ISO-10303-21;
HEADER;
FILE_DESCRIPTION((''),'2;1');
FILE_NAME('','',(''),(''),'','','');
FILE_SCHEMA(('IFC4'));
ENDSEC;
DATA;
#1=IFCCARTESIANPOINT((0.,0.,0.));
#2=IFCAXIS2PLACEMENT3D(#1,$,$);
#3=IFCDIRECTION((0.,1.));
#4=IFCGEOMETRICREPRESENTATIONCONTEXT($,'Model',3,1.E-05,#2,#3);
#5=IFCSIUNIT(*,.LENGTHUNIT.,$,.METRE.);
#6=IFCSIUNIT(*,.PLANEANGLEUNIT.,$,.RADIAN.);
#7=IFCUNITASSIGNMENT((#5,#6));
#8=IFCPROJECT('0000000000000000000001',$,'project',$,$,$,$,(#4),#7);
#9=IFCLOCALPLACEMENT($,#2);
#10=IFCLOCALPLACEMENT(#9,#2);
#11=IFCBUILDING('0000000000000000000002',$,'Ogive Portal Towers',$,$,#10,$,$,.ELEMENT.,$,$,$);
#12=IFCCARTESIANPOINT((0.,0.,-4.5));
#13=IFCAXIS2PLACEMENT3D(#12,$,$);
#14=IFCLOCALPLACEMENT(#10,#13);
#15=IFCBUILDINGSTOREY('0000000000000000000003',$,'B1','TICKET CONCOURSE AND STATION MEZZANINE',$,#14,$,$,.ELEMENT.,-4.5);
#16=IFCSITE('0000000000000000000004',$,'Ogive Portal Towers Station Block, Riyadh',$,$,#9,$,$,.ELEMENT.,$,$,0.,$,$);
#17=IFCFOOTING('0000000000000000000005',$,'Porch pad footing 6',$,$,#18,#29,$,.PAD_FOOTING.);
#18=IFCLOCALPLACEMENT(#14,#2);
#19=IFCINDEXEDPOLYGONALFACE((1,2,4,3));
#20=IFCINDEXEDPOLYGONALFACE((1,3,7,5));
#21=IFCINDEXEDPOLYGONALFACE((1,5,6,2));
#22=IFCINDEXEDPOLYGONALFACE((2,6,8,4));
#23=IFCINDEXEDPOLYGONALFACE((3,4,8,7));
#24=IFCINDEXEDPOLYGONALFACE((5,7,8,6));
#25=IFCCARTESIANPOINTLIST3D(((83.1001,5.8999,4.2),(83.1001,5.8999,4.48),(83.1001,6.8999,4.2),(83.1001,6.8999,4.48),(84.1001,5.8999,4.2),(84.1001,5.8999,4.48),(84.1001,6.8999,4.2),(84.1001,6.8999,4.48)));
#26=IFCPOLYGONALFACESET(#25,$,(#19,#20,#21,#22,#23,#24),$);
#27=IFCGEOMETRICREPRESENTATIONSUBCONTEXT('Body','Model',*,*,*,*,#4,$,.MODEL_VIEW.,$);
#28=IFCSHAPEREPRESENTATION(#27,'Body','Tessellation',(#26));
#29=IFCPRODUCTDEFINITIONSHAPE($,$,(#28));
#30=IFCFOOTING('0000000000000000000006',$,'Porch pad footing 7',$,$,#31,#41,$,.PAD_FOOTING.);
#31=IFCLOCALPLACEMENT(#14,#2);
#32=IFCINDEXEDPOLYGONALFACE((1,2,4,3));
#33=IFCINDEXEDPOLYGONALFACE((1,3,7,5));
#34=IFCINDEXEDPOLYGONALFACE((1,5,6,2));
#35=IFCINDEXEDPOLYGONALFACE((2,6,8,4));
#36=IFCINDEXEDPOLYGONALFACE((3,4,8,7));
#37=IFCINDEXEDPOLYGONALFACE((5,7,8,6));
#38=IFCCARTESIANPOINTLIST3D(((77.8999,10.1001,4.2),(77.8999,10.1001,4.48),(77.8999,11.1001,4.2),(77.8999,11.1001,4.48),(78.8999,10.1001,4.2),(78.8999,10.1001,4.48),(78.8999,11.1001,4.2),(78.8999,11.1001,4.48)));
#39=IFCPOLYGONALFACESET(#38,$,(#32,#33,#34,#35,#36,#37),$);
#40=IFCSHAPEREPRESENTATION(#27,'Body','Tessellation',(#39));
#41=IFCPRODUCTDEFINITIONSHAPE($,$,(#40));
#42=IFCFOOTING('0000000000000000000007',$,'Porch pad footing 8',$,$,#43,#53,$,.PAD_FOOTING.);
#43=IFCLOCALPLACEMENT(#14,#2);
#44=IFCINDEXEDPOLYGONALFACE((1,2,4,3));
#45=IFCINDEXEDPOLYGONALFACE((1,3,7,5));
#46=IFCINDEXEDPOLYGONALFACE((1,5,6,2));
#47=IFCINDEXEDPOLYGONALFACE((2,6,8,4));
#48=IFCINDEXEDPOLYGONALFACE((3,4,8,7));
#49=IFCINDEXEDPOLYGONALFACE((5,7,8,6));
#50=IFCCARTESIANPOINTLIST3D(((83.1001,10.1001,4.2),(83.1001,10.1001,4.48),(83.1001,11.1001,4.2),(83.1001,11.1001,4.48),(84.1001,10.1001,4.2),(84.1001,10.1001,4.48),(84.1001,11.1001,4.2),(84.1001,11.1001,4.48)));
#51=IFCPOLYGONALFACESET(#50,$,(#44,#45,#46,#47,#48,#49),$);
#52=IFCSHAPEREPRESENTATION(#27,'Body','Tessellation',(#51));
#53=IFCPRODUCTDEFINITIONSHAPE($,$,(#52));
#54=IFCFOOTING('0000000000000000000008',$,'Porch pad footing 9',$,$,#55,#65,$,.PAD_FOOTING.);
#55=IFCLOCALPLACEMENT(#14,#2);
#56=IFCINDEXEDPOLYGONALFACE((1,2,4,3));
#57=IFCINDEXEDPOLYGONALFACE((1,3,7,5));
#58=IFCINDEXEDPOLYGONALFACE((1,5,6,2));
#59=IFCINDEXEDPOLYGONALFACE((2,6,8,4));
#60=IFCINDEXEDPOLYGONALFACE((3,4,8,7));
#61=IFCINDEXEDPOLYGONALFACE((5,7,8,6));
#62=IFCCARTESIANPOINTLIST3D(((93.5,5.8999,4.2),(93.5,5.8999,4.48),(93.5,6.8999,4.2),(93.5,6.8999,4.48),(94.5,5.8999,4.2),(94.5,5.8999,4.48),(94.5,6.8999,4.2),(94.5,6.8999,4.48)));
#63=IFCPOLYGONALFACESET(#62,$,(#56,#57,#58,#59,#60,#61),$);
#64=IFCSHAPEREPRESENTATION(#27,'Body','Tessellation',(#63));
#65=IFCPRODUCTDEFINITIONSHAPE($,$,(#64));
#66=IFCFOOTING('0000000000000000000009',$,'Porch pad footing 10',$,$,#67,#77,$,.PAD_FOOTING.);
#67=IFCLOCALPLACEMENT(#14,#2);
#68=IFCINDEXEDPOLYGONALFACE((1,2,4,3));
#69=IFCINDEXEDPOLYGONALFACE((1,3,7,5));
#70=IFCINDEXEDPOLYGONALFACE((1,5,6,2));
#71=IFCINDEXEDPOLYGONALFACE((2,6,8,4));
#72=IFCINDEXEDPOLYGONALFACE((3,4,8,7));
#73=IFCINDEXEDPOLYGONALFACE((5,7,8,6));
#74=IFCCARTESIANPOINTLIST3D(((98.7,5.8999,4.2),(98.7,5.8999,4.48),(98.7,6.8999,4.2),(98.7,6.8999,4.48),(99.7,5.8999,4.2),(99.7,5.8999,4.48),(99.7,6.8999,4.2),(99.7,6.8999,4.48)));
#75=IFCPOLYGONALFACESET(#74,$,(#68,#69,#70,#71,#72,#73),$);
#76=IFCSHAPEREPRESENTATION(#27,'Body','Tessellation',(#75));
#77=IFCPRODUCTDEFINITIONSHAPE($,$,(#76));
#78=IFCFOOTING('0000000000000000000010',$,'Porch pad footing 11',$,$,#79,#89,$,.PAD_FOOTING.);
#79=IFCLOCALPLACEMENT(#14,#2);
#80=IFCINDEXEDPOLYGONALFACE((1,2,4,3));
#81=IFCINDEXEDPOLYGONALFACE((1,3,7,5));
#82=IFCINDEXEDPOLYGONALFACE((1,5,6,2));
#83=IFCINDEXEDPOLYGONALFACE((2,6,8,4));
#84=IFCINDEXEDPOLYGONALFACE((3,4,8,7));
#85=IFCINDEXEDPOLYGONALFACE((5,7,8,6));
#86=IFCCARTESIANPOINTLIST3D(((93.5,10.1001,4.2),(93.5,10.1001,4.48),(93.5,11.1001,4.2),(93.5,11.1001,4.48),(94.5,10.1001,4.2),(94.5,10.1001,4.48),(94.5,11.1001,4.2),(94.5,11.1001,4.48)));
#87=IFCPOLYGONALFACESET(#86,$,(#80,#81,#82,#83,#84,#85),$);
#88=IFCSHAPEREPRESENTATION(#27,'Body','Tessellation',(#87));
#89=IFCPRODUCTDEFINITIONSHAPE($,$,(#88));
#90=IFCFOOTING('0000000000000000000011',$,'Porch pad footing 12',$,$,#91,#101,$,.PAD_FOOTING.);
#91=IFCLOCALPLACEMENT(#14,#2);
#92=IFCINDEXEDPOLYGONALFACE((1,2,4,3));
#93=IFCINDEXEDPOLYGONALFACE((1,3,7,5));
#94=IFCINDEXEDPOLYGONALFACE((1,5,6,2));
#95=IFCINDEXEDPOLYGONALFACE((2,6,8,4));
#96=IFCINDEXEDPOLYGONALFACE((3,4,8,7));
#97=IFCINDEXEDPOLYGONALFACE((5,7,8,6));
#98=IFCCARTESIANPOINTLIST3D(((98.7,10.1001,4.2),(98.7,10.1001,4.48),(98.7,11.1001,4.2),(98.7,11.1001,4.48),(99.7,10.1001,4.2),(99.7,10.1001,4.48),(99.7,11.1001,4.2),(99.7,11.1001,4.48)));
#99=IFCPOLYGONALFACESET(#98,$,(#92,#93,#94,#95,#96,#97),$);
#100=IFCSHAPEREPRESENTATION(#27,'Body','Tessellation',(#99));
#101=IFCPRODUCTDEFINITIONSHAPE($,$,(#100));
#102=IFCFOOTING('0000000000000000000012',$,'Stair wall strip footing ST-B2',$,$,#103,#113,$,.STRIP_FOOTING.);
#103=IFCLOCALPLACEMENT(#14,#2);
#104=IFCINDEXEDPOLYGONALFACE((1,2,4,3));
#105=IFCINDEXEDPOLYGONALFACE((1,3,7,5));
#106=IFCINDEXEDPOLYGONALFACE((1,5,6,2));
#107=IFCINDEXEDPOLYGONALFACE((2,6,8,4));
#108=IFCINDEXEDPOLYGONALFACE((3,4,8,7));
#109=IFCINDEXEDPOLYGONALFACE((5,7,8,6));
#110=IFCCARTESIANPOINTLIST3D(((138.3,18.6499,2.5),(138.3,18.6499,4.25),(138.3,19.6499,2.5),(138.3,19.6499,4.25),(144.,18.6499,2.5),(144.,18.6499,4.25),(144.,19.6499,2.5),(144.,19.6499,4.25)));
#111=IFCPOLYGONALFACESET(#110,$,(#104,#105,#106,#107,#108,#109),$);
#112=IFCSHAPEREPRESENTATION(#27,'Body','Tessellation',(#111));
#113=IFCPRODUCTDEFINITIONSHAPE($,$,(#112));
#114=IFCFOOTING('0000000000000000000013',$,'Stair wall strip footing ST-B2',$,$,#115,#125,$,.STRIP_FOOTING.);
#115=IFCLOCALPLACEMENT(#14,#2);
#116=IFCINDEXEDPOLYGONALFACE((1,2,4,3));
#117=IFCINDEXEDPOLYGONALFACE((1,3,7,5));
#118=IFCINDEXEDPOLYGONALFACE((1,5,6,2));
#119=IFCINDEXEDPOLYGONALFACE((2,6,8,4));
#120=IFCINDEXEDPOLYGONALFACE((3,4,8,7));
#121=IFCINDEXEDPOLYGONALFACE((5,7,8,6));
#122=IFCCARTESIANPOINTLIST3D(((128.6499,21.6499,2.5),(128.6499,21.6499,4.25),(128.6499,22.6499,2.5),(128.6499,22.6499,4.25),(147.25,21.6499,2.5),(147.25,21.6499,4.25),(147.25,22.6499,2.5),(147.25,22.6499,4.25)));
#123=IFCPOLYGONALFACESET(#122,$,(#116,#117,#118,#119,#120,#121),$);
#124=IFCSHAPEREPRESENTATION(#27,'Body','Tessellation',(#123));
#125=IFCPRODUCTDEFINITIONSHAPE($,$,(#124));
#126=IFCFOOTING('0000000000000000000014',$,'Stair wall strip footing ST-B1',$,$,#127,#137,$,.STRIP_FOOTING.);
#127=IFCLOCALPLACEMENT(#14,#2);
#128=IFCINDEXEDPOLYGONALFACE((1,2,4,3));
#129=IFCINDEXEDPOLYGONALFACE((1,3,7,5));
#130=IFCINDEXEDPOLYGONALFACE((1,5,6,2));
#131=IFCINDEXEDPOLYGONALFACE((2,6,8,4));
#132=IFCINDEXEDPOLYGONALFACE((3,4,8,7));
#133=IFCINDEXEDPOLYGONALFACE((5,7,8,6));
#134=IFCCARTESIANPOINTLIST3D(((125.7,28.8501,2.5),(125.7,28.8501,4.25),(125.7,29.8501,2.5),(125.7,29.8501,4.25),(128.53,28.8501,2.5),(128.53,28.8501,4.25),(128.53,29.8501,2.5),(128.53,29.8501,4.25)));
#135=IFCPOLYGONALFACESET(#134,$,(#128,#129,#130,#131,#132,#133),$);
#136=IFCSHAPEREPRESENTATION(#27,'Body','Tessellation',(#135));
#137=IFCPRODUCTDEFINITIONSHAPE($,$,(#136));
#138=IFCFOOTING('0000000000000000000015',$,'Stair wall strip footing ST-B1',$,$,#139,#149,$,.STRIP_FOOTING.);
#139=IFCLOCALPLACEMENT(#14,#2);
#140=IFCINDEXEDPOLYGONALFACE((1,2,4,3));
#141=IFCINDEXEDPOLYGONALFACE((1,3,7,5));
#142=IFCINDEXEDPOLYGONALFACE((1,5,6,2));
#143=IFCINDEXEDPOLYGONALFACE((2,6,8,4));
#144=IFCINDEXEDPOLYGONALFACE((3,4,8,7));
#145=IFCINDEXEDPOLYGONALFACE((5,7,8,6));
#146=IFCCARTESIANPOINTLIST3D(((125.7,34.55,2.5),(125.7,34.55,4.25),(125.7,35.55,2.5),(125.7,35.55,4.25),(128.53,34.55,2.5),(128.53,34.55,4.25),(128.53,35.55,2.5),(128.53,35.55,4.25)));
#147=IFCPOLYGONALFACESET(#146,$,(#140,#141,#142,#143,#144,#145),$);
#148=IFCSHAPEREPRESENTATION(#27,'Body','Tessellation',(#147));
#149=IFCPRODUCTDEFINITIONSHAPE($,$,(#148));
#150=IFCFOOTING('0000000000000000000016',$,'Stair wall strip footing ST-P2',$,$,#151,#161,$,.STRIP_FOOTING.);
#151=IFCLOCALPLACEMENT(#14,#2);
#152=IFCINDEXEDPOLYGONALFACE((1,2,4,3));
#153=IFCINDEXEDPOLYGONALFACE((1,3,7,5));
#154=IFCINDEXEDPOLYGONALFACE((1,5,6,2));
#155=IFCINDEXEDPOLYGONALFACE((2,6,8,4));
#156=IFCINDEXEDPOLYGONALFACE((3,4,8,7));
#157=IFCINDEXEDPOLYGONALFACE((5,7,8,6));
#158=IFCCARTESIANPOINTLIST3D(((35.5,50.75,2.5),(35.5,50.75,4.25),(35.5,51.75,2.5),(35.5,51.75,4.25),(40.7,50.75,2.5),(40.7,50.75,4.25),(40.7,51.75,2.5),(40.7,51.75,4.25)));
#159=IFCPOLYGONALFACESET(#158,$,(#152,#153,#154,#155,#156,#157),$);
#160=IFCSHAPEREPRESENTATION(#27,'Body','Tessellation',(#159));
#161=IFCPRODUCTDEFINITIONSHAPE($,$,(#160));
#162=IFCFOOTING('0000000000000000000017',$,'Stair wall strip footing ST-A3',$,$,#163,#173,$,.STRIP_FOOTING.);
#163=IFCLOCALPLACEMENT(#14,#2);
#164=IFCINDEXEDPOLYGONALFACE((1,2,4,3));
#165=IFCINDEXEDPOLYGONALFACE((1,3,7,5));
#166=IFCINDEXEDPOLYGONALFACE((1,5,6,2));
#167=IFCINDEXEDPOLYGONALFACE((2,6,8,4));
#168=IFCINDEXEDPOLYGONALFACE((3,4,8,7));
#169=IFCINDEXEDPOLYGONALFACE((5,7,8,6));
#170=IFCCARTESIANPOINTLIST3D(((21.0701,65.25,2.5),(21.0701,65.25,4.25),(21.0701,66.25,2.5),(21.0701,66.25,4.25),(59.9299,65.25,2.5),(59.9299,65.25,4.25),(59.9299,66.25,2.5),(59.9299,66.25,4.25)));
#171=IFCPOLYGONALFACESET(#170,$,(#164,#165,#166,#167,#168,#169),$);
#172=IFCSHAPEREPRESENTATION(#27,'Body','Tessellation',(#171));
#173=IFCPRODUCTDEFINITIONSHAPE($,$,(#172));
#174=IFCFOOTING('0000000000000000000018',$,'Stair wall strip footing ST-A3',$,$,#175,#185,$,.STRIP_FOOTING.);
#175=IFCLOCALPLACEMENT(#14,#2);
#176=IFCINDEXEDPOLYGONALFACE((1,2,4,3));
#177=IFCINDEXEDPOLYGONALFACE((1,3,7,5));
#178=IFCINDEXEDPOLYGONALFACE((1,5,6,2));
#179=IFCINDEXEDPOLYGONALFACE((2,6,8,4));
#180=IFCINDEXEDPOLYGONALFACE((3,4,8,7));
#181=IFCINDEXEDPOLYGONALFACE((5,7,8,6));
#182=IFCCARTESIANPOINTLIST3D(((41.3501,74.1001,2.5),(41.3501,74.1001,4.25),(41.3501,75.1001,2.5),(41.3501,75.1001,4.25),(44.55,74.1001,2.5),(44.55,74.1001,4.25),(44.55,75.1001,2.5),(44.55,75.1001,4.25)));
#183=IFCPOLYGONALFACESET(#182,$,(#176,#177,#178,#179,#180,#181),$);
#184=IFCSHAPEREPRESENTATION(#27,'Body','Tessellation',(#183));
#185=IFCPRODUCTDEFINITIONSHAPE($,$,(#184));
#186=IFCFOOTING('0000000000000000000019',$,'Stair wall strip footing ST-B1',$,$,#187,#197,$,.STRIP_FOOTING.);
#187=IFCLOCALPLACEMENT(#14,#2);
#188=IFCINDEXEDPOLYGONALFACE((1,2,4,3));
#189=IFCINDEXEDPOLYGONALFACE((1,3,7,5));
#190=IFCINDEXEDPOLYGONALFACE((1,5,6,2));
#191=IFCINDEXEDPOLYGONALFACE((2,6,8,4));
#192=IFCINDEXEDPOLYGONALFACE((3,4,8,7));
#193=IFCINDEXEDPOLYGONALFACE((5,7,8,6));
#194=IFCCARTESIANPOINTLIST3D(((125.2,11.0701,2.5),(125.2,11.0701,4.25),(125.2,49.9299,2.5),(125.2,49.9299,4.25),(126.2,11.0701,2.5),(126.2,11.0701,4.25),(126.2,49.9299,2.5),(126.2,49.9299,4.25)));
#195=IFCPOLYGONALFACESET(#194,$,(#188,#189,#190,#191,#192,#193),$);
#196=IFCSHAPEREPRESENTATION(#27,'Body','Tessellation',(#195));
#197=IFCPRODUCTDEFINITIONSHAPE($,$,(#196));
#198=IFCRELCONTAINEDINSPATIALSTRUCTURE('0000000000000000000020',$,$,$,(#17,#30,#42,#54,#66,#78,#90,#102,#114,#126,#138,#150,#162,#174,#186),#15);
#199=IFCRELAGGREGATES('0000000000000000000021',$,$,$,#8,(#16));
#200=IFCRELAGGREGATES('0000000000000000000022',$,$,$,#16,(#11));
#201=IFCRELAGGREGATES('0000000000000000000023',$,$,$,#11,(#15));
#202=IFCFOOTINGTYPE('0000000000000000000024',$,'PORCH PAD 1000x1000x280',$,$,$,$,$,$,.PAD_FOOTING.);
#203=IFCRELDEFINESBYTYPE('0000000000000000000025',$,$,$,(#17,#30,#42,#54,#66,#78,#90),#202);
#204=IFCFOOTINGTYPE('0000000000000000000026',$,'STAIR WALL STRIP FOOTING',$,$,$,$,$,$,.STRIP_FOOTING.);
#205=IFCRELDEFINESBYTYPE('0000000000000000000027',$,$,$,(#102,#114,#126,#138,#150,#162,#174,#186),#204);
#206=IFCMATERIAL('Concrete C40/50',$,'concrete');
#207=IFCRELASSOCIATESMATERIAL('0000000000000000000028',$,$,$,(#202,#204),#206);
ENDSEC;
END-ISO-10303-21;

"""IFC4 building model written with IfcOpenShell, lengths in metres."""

from ifc_helpers import new_model, si_unit, direction, frame, origin, place, context, subcontext, project, spatial, polyline, outline, extrude, material, type_object, element, save


model = new_model("IFC4")

# Units and contexts
model_context = context("Model", 3, precision=1e-05, world=origin(), true_north=direction((0.0, 1.0)))
body_context = subcontext(model_context, "Body", "Model", "MODEL_VIEW")
ifc_project = project(units=[si_unit("LENGTHUNIT", "METRE"), si_unit("PLANEANGLEUNIT", "RADIAN")], contexts=[model_context])

# Site, building, storey
site_placement = place(None, origin())
site = spatial("IfcSite", under=ifc_project, at=site_placement, Name="Ogive Portal Towers Station Block, Riyadh", CompositionType="ELEMENT", RefElevation=0.0)
building_placement = place(site_placement, origin())
building = spatial("IfcBuilding", under=site, at=building_placement, Name="Ogive Portal Towers", CompositionType="ELEMENT")
storey_placement = place(building_placement, frame((0.0, 0.0, -4.5)))
storey = spatial("IfcBuildingStorey", under=building, at=storey_placement, Name="B1", Description="TICKET CONCOURSE AND STATION MEZZANINE", CompositionType="ELEMENT", Elevation=-4.5)

# Footings
ifc_material = material(Name="Concrete C40/50", Category="concrete")
footing_type_1 = type_object("IfcFootingType", Name="PORCH PAD 1000x1000x280", PredefinedType="PAD_FOOTING", material=ifc_material)
footing_1_placement = place(storey_placement, frame((0.0, 0.0, 4.2)))
element("IfcFooting", 1, at=footing_1_placement, inside=storey, type_object=footing_type_1, Name="Porch pad footing 6", PredefinedType="PAD_FOOTING", context=body_context, shape_type="SweptSolid", body=[
    extrude(outline(polyline([(83.1001, 5.8999), (84.1001, 5.8999), (84.1001, 6.8999), (83.1001, 6.8999), (83.1001, 5.8999)])), origin(), (0.0, 0.0, 1.0), 0.28),
])
footing_2_placement = place(storey_placement, frame((0.0, 0.0, 4.2)))
element("IfcFooting", 2, at=footing_2_placement, inside=storey, type_object=footing_type_1, Name="Porch pad footing 7", PredefinedType="PAD_FOOTING", context=body_context, shape_type="SweptSolid", body=[
    extrude(outline(polyline([(77.8999, 10.1001), (78.8999, 10.1001), (78.8999, 11.1001), (77.8999, 11.1001), (77.8999, 10.1001)])), origin(), (0.0, 0.0, 1.0), 0.28),
])
footing_3_placement = place(storey_placement, frame((0.0, 0.0, 4.2)))
element("IfcFooting", 3, at=footing_3_placement, inside=storey, type_object=footing_type_1, Name="Porch pad footing 8", PredefinedType="PAD_FOOTING", context=body_context, shape_type="SweptSolid", body=[
    extrude(outline(polyline([(83.1001, 10.1001), (84.1001, 10.1001), (84.1001, 11.1001), (83.1001, 11.1001), (83.1001, 10.1001)])), origin(), (0.0, 0.0, 1.0), 0.28),
])
footing_4_placement = place(storey_placement, frame((0.0, 0.0, 4.2)))
element("IfcFooting", 4, at=footing_4_placement, inside=storey, type_object=footing_type_1, Name="Porch pad footing 9", PredefinedType="PAD_FOOTING", context=body_context, shape_type="SweptSolid", body=[
    extrude(outline(polyline([(93.5, 5.8999), (94.5, 5.8999), (94.5, 6.8999), (93.5, 6.8999), (93.5, 5.8999)])), origin(), (0.0, 0.0, 1.0), 0.28),
])
footing_5_placement = place(storey_placement, frame((0.0, 0.0, 4.2)))
element("IfcFooting", 5, at=footing_5_placement, inside=storey, type_object=footing_type_1, Name="Porch pad footing 10", PredefinedType="PAD_FOOTING", context=body_context, shape_type="SweptSolid", body=[
    extrude(outline(polyline([(98.7, 5.8999), (99.7, 5.8999), (99.7, 6.8999), (98.7, 6.8999), (98.7, 5.8999)])), origin(), (0.0, 0.0, 1.0), 0.28),
])
footing_6_placement = place(storey_placement, frame((0.0, 0.0, 4.2)))
element("IfcFooting", 6, at=footing_6_placement, inside=storey, type_object=footing_type_1, Name="Porch pad footing 11", PredefinedType="PAD_FOOTING", context=body_context, shape_type="SweptSolid", body=[
    extrude(outline(polyline([(93.5, 10.1001), (94.5, 10.1001), (94.5, 11.1001), (93.5, 11.1001), (93.5, 10.1001)])), origin(), (0.0, 0.0, 1.0), 0.28),
])
footing_7_placement = place(storey_placement, frame((0.0, 0.0, 4.2)))
element("IfcFooting", 7, at=footing_7_placement, inside=storey, type_object=footing_type_1, Name="Porch pad footing 12", PredefinedType="PAD_FOOTING", context=body_context, shape_type="SweptSolid", body=[
    extrude(outline(polyline([(98.7, 10.1001), (99.7, 10.1001), (99.7, 11.1001), (98.7, 11.1001), (98.7, 10.1001)])), origin(), (0.0, 0.0, 1.0), 0.28),
])
footing_type_2 = type_object("IfcFootingType", Name="STAIR WALL STRIP FOOTING", PredefinedType="STRIP_FOOTING", material=ifc_material)
footing_8_placement = place(storey_placement, frame((0.0, 0.0, 2.5)))
element("IfcFooting", 8, at=footing_8_placement, inside=storey, type_object=footing_type_2, Name="Stair wall strip footing ST-B2", PredefinedType="STRIP_FOOTING", context=body_context, shape_type="SweptSolid", body=[
    extrude(outline(polyline([(144.0, 18.6499), (144.0, 19.6499), (138.3, 19.6499), (138.3, 18.6499), (144.0, 18.6499)])), origin(), (0.0, 0.0, 1.0), 1.75),
])
footing_9_placement = place(storey_placement, frame((0.0, 0.0, 2.5)))
element("IfcFooting", 9, at=footing_9_placement, inside=storey, type_object=footing_type_2, Name="Stair wall strip footing ST-B2", PredefinedType="STRIP_FOOTING", context=body_context, shape_type="SweptSolid", body=[
    extrude(outline(polyline([(147.25, 21.6499), (147.25, 22.6499), (128.6499, 22.6499), (128.6499, 21.6499), (147.25, 21.6499)])), origin(), (0.0, 0.0, 1.0), 1.75),
])
footing_10_placement = place(storey_placement, frame((0.0, 0.0, 2.5)))
element("IfcFooting", 10, at=footing_10_placement, inside=storey, type_object=footing_type_2, Name="Stair wall strip footing ST-B1", PredefinedType="STRIP_FOOTING", context=body_context, shape_type="SweptSolid", body=[
    extrude(outline(polyline([(128.53, 28.8501), (128.53, 29.8501), (125.7, 29.8501), (125.7, 28.8501), (128.53, 28.8501)])), origin(), (0.0, 0.0, 1.0), 1.75),
])
footing_11_placement = place(storey_placement, frame((0.0, 0.0, 2.5)))
element("IfcFooting", 11, at=footing_11_placement, inside=storey, type_object=footing_type_2, Name="Stair wall strip footing ST-B1", PredefinedType="STRIP_FOOTING", context=body_context, shape_type="SweptSolid", body=[
    extrude(outline(polyline([(128.53, 34.55), (128.53, 35.55), (125.7, 35.55), (125.7, 34.55), (128.53, 34.55)])), origin(), (0.0, 0.0, 1.0), 1.75),
])
footing_12_placement = place(storey_placement, frame((0.0, 0.0, 2.5)))
element("IfcFooting", 12, at=footing_12_placement, inside=storey, type_object=footing_type_2, Name="Stair wall strip footing ST-P2", PredefinedType="STRIP_FOOTING", context=body_context, shape_type="SweptSolid", body=[
    extrude(outline(polyline([(40.7, 50.75), (40.7, 51.75), (35.5, 51.75), (35.5, 50.75), (40.7, 50.75)])), origin(), (0.0, 0.0, 1.0), 1.75),
])
footing_13_placement = place(storey_placement, frame((0.0, 0.0, 2.5)))
element("IfcFooting", 13, at=footing_13_placement, inside=storey, type_object=footing_type_2, Name="Stair wall strip footing ST-A3", PredefinedType="STRIP_FOOTING", context=body_context, shape_type="SweptSolid", body=[
    extrude(outline(polyline([(59.9299, 65.25), (59.9299, 66.25), (21.0701, 66.25), (21.0701, 65.25), (59.9299, 65.25)])), origin(), (0.0, 0.0, 1.0), 1.75),
])
footing_14_placement = place(storey_placement, frame((0.0, 0.0, 2.5)))
element("IfcFooting", 14, at=footing_14_placement, inside=storey, type_object=footing_type_2, Name="Stair wall strip footing ST-A3", PredefinedType="STRIP_FOOTING", context=body_context, shape_type="SweptSolid", body=[
    extrude(outline(polyline([(44.55, 74.1001), (44.55, 75.1001), (41.3501, 75.1001), (41.3501, 74.1001), (44.55, 74.1001)])), origin(), (0.0, 0.0, 1.0), 1.75),
])
footing_15_placement = place(storey_placement, frame((0.0, 0.0, 2.5)))
element("IfcFooting", 15, at=footing_15_placement, inside=storey, type_object=footing_type_2, Name="Stair wall strip footing ST-B1", PredefinedType="STRIP_FOOTING", context=body_context, shape_type="SweptSolid", body=[
    extrude(outline(polyline([(126.2, 49.9299), (125.2, 49.9299), (125.2, 11.0701), (126.2, 11.0701), (126.2, 49.9299)])), origin(), (0.0, 0.0, 1.0), 1.75),
])

save(model, "model.ifc")
